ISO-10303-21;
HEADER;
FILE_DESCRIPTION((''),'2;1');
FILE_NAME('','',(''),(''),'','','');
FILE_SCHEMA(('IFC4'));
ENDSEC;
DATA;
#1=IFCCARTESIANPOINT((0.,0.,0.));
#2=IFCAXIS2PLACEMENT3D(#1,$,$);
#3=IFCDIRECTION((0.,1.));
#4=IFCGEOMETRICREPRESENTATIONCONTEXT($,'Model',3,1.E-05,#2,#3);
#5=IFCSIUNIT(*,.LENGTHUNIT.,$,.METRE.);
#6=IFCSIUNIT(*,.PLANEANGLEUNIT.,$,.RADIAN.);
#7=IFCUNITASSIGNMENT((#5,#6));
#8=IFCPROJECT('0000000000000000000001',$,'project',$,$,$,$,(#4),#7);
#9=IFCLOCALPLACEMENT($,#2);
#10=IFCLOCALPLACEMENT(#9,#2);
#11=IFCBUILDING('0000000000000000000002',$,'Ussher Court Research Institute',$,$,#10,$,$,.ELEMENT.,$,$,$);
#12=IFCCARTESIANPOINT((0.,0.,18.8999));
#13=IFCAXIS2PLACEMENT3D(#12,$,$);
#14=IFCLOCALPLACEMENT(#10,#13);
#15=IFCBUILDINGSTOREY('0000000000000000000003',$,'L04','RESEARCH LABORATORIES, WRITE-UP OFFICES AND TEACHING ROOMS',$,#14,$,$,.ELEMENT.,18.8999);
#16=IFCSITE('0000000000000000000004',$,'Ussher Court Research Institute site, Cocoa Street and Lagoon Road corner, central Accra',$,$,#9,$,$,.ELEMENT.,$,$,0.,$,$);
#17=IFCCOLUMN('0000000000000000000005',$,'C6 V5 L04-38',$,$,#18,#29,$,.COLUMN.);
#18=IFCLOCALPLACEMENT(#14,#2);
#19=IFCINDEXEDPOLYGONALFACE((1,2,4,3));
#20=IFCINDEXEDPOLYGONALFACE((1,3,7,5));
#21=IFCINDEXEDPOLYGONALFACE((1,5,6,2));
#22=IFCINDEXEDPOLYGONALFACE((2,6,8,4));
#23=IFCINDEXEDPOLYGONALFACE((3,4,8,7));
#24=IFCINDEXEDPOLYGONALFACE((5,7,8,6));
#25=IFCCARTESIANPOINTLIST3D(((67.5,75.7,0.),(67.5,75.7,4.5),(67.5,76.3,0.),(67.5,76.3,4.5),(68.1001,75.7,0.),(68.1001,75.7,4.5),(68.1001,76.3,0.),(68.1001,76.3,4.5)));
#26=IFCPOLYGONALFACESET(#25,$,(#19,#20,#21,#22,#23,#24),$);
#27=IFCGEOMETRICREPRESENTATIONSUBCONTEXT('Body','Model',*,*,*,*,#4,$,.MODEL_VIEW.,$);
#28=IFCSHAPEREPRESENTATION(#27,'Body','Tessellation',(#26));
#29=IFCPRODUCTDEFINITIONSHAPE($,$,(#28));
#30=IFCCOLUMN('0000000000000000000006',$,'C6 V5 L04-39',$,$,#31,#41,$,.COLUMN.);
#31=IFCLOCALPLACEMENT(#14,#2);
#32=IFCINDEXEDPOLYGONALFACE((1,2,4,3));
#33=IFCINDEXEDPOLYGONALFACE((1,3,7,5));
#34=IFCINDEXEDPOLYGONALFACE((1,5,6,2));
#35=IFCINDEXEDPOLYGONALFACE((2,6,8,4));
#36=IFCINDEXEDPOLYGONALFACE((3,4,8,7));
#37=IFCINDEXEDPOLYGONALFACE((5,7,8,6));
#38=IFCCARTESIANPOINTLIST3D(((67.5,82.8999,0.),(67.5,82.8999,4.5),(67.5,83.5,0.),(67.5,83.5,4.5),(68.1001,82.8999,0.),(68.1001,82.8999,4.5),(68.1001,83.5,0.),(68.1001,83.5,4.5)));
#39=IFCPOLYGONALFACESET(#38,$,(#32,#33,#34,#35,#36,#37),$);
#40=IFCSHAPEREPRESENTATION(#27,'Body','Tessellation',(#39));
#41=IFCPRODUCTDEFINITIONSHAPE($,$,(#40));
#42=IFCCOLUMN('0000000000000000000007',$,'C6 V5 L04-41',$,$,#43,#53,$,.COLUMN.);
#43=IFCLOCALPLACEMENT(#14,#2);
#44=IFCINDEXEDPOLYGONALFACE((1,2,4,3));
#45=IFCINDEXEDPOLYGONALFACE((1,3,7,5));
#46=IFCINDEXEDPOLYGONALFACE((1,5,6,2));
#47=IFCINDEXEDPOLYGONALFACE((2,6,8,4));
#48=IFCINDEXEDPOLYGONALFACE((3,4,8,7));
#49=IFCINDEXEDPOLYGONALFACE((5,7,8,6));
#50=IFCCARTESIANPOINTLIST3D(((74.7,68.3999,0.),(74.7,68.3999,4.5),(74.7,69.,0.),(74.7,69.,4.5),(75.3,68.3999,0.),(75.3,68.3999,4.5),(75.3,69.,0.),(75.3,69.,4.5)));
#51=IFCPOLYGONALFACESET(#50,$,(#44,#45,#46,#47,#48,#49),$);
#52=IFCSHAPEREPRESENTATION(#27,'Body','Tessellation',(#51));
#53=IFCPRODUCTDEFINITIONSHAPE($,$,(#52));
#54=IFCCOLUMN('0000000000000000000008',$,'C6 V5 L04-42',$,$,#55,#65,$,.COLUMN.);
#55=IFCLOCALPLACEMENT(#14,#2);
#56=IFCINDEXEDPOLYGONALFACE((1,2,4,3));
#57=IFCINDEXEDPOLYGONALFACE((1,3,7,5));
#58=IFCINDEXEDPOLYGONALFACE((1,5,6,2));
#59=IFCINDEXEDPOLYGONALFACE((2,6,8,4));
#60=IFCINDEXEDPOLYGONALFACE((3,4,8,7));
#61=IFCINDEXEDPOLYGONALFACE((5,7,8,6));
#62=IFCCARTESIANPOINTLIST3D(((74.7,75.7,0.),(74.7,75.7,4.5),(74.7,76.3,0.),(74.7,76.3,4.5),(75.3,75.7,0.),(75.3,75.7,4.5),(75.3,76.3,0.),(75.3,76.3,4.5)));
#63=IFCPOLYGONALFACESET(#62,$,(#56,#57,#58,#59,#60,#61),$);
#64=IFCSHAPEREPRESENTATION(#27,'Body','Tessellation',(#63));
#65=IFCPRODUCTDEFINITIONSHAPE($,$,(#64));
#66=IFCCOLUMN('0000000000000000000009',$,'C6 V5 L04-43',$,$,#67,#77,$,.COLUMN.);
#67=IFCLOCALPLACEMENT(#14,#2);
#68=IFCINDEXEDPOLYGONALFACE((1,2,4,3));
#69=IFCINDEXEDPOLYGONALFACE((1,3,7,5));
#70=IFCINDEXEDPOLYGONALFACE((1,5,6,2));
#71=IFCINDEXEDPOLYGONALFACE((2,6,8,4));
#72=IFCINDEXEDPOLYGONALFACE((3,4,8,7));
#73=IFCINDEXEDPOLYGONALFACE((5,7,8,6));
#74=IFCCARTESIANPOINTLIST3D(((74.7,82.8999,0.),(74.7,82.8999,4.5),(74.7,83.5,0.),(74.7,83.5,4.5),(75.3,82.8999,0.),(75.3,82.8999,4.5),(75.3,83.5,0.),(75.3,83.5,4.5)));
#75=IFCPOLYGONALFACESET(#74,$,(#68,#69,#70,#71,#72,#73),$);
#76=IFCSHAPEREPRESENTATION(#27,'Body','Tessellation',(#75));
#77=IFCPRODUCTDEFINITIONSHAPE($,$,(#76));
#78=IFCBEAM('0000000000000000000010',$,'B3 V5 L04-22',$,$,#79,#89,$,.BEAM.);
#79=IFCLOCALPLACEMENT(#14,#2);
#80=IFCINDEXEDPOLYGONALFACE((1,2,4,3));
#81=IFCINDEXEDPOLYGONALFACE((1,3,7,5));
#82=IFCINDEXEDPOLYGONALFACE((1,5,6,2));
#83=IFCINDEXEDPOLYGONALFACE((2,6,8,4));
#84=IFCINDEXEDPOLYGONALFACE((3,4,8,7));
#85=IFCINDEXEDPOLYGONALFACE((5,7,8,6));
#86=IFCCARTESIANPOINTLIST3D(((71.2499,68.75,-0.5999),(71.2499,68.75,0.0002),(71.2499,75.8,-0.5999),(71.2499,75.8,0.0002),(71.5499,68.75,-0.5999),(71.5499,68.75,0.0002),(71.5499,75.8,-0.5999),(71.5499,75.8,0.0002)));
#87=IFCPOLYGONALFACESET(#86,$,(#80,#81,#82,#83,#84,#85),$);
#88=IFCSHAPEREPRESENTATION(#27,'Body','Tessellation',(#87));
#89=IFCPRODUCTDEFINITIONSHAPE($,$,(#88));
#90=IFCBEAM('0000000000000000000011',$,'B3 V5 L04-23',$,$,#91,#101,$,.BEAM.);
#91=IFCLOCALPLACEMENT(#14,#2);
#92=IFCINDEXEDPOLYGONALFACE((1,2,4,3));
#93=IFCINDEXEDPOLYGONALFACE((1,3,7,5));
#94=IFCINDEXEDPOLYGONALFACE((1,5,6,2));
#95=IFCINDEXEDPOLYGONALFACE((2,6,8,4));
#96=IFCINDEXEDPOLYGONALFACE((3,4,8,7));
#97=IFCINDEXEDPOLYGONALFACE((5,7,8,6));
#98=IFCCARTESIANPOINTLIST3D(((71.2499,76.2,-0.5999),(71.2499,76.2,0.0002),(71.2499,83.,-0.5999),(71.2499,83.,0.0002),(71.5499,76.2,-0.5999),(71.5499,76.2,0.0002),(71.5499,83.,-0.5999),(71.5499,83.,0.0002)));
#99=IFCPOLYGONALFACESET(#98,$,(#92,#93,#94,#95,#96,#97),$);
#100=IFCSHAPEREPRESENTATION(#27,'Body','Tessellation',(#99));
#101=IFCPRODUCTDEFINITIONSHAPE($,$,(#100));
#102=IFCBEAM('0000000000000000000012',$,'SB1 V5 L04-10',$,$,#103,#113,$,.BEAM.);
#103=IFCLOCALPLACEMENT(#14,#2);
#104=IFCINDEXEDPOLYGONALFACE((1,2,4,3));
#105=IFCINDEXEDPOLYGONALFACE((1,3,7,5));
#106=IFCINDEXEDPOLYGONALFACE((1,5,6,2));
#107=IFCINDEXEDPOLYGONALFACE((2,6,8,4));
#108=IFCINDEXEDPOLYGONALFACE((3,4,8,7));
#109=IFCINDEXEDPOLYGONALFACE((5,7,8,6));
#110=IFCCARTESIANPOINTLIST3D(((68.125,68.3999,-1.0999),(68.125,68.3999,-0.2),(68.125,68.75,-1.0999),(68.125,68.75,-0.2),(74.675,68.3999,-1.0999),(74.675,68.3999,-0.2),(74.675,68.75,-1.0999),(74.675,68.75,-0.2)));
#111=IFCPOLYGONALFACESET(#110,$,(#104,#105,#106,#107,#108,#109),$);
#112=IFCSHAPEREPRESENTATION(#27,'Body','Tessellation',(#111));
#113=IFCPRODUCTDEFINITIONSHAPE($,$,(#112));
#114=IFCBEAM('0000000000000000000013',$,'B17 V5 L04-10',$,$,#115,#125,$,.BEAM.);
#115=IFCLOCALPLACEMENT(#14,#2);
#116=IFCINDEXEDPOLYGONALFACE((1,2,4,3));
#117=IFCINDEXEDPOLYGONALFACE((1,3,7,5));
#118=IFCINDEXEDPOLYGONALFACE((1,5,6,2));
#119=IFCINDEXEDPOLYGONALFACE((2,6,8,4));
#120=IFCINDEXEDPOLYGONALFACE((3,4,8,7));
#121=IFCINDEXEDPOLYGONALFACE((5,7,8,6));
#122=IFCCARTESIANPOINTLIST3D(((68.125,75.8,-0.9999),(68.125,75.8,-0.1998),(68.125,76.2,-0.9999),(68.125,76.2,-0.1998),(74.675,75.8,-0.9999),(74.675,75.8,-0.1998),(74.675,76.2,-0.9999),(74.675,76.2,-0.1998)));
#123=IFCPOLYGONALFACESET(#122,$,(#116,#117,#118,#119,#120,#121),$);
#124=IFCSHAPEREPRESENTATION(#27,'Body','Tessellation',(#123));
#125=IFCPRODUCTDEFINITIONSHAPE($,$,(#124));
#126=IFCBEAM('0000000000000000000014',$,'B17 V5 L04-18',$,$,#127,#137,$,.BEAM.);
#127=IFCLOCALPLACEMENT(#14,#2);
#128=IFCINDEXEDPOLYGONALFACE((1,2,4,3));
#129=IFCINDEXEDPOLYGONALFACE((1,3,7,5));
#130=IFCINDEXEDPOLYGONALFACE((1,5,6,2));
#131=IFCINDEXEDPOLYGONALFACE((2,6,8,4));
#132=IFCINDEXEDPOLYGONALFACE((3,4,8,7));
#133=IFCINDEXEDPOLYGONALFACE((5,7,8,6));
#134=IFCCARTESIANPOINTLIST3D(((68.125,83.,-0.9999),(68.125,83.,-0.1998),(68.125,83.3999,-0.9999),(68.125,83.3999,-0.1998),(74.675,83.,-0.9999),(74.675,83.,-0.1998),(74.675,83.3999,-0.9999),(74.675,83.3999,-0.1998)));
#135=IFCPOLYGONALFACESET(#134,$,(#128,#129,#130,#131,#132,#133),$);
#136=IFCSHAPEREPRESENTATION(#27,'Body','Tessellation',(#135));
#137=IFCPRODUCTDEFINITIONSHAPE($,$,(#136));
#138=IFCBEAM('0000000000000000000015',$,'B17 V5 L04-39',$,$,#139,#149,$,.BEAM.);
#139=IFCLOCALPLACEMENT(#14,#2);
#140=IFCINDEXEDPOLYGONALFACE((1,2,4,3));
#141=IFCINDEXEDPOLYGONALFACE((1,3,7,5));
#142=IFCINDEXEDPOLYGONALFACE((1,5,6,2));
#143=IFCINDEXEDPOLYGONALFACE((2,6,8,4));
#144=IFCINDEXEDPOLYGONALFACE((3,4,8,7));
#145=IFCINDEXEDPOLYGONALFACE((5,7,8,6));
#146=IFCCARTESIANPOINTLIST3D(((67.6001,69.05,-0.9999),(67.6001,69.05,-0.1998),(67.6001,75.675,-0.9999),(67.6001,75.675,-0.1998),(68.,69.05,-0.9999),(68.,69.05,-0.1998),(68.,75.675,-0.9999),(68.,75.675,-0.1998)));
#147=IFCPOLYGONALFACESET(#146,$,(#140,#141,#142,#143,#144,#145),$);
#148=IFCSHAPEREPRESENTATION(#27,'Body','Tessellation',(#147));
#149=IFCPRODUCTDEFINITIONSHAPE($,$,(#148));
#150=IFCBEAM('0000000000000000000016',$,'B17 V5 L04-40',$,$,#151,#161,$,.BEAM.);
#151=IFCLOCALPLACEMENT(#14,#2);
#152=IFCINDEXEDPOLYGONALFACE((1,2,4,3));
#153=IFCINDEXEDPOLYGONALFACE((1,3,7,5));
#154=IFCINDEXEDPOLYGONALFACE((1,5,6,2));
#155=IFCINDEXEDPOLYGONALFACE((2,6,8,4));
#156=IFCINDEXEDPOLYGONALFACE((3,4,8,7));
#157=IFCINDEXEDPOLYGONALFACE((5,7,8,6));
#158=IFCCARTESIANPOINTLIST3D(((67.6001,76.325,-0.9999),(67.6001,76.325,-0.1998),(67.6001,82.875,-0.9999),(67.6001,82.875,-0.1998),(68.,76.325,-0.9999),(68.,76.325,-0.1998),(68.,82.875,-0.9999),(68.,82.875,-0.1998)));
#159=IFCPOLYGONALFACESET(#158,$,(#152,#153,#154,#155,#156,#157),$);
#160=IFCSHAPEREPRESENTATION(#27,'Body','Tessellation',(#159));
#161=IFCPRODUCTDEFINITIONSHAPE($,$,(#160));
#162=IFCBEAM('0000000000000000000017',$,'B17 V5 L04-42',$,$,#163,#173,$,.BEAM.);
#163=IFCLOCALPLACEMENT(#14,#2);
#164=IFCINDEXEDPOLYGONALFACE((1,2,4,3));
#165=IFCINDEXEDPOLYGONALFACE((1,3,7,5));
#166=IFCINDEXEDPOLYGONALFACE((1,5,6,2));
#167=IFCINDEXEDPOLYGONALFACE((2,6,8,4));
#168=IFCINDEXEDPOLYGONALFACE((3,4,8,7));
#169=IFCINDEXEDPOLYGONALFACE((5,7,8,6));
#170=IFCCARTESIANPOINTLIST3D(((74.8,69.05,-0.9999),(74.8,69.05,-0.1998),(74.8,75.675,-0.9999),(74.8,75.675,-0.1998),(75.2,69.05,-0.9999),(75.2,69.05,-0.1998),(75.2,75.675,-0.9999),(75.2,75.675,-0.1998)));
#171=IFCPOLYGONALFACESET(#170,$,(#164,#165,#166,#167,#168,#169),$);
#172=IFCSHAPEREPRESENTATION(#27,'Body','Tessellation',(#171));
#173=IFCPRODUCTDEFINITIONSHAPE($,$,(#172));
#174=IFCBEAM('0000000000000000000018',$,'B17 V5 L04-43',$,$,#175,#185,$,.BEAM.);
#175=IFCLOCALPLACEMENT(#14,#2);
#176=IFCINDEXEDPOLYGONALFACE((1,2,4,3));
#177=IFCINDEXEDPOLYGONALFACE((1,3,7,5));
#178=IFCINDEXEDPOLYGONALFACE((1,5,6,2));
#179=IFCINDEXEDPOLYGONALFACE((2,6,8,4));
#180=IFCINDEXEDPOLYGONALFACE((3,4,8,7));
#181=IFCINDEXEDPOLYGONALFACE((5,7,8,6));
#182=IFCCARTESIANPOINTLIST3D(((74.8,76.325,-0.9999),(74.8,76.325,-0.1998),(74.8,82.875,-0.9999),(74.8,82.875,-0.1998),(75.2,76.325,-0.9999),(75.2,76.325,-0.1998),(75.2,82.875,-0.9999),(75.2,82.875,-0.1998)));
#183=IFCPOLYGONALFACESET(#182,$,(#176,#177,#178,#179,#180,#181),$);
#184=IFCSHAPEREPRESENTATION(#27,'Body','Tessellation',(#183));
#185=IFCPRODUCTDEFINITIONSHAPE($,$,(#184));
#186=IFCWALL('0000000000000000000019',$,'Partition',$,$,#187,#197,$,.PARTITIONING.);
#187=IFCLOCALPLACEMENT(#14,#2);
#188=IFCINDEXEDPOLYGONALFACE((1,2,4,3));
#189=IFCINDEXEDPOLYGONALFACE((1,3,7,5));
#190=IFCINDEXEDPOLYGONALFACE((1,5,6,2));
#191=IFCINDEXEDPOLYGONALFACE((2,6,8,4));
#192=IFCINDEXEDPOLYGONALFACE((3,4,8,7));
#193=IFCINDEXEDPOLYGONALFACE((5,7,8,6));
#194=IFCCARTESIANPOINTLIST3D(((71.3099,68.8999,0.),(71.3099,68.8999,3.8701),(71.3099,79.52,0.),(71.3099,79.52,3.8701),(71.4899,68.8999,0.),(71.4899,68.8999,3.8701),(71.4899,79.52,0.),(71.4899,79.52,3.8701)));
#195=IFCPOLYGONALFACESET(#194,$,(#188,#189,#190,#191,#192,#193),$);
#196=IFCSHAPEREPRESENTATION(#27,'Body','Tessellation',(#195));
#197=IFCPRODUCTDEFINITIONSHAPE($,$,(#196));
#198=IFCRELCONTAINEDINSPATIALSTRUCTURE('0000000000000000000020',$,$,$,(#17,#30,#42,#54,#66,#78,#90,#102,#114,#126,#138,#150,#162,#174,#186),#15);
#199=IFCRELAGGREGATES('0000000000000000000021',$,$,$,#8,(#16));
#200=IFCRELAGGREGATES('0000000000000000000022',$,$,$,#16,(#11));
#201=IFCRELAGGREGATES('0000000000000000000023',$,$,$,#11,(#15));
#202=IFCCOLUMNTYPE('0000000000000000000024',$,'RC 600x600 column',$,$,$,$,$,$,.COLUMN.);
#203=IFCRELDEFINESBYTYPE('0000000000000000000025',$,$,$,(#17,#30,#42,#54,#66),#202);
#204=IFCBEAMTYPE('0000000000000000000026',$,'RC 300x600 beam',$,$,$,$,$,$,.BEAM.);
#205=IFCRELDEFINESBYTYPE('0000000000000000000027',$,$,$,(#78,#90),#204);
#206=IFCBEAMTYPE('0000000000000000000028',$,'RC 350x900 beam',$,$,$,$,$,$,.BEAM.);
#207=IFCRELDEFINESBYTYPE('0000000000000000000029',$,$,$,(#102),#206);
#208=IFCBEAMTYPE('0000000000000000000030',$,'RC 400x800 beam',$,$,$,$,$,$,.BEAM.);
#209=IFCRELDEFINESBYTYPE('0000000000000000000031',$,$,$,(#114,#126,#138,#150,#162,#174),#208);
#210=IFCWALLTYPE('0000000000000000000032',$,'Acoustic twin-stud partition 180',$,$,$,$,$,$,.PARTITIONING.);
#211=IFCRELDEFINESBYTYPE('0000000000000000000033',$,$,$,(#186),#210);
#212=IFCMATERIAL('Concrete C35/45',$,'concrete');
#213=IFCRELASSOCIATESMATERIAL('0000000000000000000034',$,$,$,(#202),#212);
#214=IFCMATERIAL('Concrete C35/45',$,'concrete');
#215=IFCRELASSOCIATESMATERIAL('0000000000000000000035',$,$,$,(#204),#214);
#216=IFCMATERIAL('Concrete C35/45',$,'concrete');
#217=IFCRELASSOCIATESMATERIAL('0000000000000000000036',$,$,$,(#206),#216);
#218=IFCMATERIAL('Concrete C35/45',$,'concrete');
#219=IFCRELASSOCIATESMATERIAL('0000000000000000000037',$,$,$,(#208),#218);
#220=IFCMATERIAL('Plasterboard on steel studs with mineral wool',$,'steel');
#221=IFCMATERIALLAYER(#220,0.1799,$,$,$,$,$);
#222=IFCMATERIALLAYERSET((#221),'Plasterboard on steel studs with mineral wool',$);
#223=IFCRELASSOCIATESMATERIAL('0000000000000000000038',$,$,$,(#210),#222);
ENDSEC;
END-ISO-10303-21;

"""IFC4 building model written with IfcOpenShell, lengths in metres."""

from ifc_helpers import new_model, si_unit, direction, frame, frame_2d, origin, origin_2d, place, context, subcontext, project, spatial, rectangle, extrude, material, layer, layer_set, material_profile, profile_set, type_object, element, save


model = new_model("IFC4")

# Units and contexts
model_context = context("Model", 3, precision=1e-05, world=origin(), true_north=direction((0.0, 1.0)))
body_context = subcontext(model_context, "Body", "Model", "MODEL_VIEW")
ifc_project = project(units=[si_unit("LENGTHUNIT", "METRE"), si_unit("PLANEANGLEUNIT", "RADIAN")], contexts=[model_context])

# Site, building, storey
site_placement = place(None, origin())
site = spatial("IfcSite", under=ifc_project, at=site_placement, Name="Ussher Court Research Institute site, Cocoa Street and Lagoon Road corner, central Accra", CompositionType="ELEMENT", RefElevation=0.0)
building_placement = place(site_placement, origin())
building = spatial("IfcBuilding", under=site, at=building_placement, Name="Ussher Court Research Institute", CompositionType="ELEMENT")
storey_placement = place(building_placement, frame((0.0, 0.0, 18.8999)))
storey = spatial("IfcBuildingStorey", under=building, at=storey_placement, Name="L04", Description="RESEARCH LABORATORIES, WRITE-UP OFFICES AND TEACHING ROOMS", CompositionType="ELEMENT", Elevation=18.8999)

# Columns
ifc_material_1 = material(Name="Concrete C35/45", Category="concrete")
ifc_material_profile_1 = material_profile(ifc_material_1, rectangle(XDim=0.6001, YDim=0.6001, at=origin_2d()), Name="RC 600x600")
ifc_profile_set_1 = profile_set([ifc_material_profile_1], Name="Concrete C35/45")
column_type = type_object("IfcColumnType", Name="RC 600x600 column", PredefinedType="COLUMN", material=ifc_profile_set_1)
for number, where, z_axis, x_axis, name in (
    (1, (67.8, 76.0, 0.0), (0.0, 0.0, 1.0), (1.0, 0.0, 0.0), "C6 V5 L04-38"),
    (2, (67.8, 83.2, 0.0), (0.0, 0.0, 1.0), (1.0, 0.0, 0.0), "C6 V5 L04-39"),
    (3, (75.0, 68.7, 0.0), (0.0, 0.0, 1.0), (1.0, 0.0, 0.0), "C6 V5 L04-41"),
    (4, (75.0, 76.0, 0.0), (0.0, 0.0, 1.0), (1.0, 0.0, 0.0), "C6 V5 L04-42"),
    (5, (75.0, 83.2, 0.0), (0.0, 0.0, 1.0), (1.0, 0.0, 0.0), "C6 V5 L04-43"),
):
    element("IfcColumn", number, at=place(storey_placement, frame(where, z_axis=z_axis, x_axis=x_axis)), inside=storey, type_object=column_type, Name=name, PredefinedType="COLUMN", context=body_context, shape_type="SweptSolid", body=[
        extrude(rectangle(XDim=0.6001, YDim=0.6001, at=origin_2d()), origin(), (0.0, 0.0, 1.0), 4.5),
    ])

# Beams
ifc_material_2 = material(Name="Concrete C35/45", Category="concrete")
ifc_material_profile_2 = material_profile(ifc_material_2, rectangle(XDim=0.3, YDim=0.6001, at=origin_2d()), Name="RC 300x600")
ifc_profile_set_2 = profile_set([ifc_material_profile_2], Name="Concrete C35/45")
beam_type_1 = type_object("IfcBeamType", Name="RC 300x600 beam", PredefinedType="BEAM", material=ifc_profile_set_2)
beam_1_placement = place(storey_placement, frame((71.3999, 68.75, -0.2998), z_axis=(0.0, 1.0, 0.0), x_axis=(-1.0, 0.0, 0.0)))
element("IfcBeam", 6, at=beam_1_placement, inside=storey, type_object=beam_type_1, Name="B3 V5 L04-22", PredefinedType="BEAM", context=body_context, shape_type="SweptSolid", body=[
    extrude(rectangle(XDim=0.3, YDim=0.6001, at=origin_2d()), origin(), (0.0, 0.0, 1.0), 7.05),
])
beam_2_placement = place(storey_placement, frame((71.3999, 76.2, -0.2998), z_axis=(0.0, 1.0, 0.0), x_axis=(-1.0, 0.0, 0.0)))
element("IfcBeam", 7, at=beam_2_placement, inside=storey, type_object=beam_type_1, Name="B3 V5 L04-23", PredefinedType="BEAM", context=body_context, shape_type="SweptSolid", body=[
    extrude(rectangle(XDim=0.3, YDim=0.6001, at=origin_2d()), origin(), (0.0, 0.0, 1.0), 6.8),
])
ifc_material_3 = material(Name="Concrete C35/45", Category="concrete")
ifc_material_profile_3 = material_profile(ifc_material_3, rectangle(XDim=0.3501, YDim=0.8999, at=origin_2d()), Name="RC 350x900")
ifc_profile_set_3 = profile_set([ifc_material_profile_3], Name="Concrete C35/45")
beam_type_2 = type_object("IfcBeamType", Name="RC 350x900 beam", PredefinedType="BEAM", material=ifc_profile_set_3)
beam_3_placement = place(storey_placement, frame((68.125, 68.575, -0.6499), z_axis=(1.0, 0.0, 0.0), x_axis=(0.0, 1.0, 0.0)))
element("IfcBeam", 8, at=beam_3_placement, inside=storey, type_object=beam_type_2, Name="SB1 V5 L04-10", PredefinedType="BEAM", context=body_context, shape_type="SweptSolid", body=[
    extrude(rectangle(XDim=0.3501, YDim=0.8999, at=origin_2d()), origin(), (0.0, 0.0, 1.0), 6.55),
])
ifc_material_4 = material(Name="Concrete C35/45", Category="concrete")
ifc_material_profile_4 = material_profile(ifc_material_4, rectangle(XDim=0.3999, YDim=0.8, at=origin_2d()), Name="RC 400x800")
ifc_profile_set_4 = profile_set([ifc_material_profile_4], Name="Concrete C35/45")
beam_type_3 = type_object("IfcBeamType", Name="RC 400x800 beam", PredefinedType="BEAM", material=ifc_profile_set_4)
for number, where, z_axis, x_axis, name in (
    (9, (68.125, 76.0, -0.5999), (1.0, 0.0, 0.0), (0.0, 1.0, 0.0), "B17 V5 L04-10"),
    (10, (68.125, 83.2, -0.5999), (1.0, 0.0, 0.0), (0.0, 1.0, 0.0), "B17 V5 L04-18"),
):
    element("IfcBeam", number, at=place(storey_placement, frame(where, z_axis=z_axis, x_axis=x_axis)), inside=storey, type_object=beam_type_3, Name=name, PredefinedType="BEAM", context=body_context, shape_type="SweptSolid", body=[
        extrude(rectangle(XDim=0.3999, YDim=0.8, at=origin_2d()), origin(), (0.0, 0.0, 1.0), 6.55),
    ])
beam_4_placement = place(storey_placement, frame((67.8, 69.05, -0.5999), z_axis=(0.0, 1.0, 0.0), x_axis=(-1.0, 0.0, 0.0)))
element("IfcBeam", 11, at=beam_4_placement, inside=storey, type_object=beam_type_3, Name="B17 V5 L04-39", PredefinedType="BEAM", context=body_context, shape_type="SweptSolid", body=[
    extrude(rectangle(XDim=0.3999, YDim=0.8, at=origin_2d()), origin(), (0.0, 0.0, 1.0), 6.625),
])
beam_5_placement = place(storey_placement, frame((67.8, 76.325, -0.5999), z_axis=(0.0, 1.0, 0.0), x_axis=(-1.0, 0.0, 0.0)))
element("IfcBeam", 12, at=beam_5_placement, inside=storey, type_object=beam_type_3, Name="B17 V5 L04-40", PredefinedType="BEAM", context=body_context, shape_type="SweptSolid", body=[
    extrude(rectangle(XDim=0.3999, YDim=0.8, at=origin_2d()), origin(), (0.0, 0.0, 1.0), 6.55),
])
beam_6_placement = place(storey_placement, frame((75.0, 69.05, -0.5999), z_axis=(0.0, 1.0, 0.0), x_axis=(-1.0, 0.0, 0.0)))
element("IfcBeam", 13, at=beam_6_placement, inside=storey, type_object=beam_type_3, Name="B17 V5 L04-42", PredefinedType="BEAM", context=body_context, shape_type="SweptSolid", body=[
    extrude(rectangle(XDim=0.3999, YDim=0.8, at=origin_2d()), origin(), (0.0, 0.0, 1.0), 6.625),
])
beam_7_placement = place(storey_placement, frame((75.0, 76.325, -0.5999), z_axis=(0.0, 1.0, 0.0), x_axis=(-1.0, 0.0, 0.0)))
element("IfcBeam", 14, at=beam_7_placement, inside=storey, type_object=beam_type_3, Name="B17 V5 L04-43", PredefinedType="BEAM", context=body_context, shape_type="SweptSolid", body=[
    extrude(rectangle(XDim=0.3999, YDim=0.8, at=origin_2d()), origin(), (0.0, 0.0, 1.0), 6.55),
])

# Wall
ifc_material_5 = material(Name="Plasterboard on steel studs with mineral wool", Category="steel")
ifc_layer_1 = layer(ifc_material_5, 0.1799)
ifc_layer_set_1 = layer_set([ifc_layer_1], Name="Plasterboard on steel studs with mineral wool")
wall_type_1 = type_object("IfcWallType", Name="Acoustic twin-stud partition 180", PredefinedType="PARTITIONING", material=ifc_layer_set_1)
wall_1_placement = place(storey_placement, frame((71.3999, 68.8999, 0.0), z_axis=(0.0, 0.0, 1.0), x_axis=(0.0, 1.0, 0.0)))
element("IfcWall", 15, at=wall_1_placement, inside=storey, type_object=wall_type_1, Name="Partition", PredefinedType="PARTITIONING", context=body_context, shape_type="SweptSolid", body=[
    extrude(rectangle(XDim=10.6201, YDim=0.1799, at=frame_2d((5.3101, 0.0))), origin(), (0.0, 0.0, 1.0), 3.8701),
])

save(model, "model.ifc")
